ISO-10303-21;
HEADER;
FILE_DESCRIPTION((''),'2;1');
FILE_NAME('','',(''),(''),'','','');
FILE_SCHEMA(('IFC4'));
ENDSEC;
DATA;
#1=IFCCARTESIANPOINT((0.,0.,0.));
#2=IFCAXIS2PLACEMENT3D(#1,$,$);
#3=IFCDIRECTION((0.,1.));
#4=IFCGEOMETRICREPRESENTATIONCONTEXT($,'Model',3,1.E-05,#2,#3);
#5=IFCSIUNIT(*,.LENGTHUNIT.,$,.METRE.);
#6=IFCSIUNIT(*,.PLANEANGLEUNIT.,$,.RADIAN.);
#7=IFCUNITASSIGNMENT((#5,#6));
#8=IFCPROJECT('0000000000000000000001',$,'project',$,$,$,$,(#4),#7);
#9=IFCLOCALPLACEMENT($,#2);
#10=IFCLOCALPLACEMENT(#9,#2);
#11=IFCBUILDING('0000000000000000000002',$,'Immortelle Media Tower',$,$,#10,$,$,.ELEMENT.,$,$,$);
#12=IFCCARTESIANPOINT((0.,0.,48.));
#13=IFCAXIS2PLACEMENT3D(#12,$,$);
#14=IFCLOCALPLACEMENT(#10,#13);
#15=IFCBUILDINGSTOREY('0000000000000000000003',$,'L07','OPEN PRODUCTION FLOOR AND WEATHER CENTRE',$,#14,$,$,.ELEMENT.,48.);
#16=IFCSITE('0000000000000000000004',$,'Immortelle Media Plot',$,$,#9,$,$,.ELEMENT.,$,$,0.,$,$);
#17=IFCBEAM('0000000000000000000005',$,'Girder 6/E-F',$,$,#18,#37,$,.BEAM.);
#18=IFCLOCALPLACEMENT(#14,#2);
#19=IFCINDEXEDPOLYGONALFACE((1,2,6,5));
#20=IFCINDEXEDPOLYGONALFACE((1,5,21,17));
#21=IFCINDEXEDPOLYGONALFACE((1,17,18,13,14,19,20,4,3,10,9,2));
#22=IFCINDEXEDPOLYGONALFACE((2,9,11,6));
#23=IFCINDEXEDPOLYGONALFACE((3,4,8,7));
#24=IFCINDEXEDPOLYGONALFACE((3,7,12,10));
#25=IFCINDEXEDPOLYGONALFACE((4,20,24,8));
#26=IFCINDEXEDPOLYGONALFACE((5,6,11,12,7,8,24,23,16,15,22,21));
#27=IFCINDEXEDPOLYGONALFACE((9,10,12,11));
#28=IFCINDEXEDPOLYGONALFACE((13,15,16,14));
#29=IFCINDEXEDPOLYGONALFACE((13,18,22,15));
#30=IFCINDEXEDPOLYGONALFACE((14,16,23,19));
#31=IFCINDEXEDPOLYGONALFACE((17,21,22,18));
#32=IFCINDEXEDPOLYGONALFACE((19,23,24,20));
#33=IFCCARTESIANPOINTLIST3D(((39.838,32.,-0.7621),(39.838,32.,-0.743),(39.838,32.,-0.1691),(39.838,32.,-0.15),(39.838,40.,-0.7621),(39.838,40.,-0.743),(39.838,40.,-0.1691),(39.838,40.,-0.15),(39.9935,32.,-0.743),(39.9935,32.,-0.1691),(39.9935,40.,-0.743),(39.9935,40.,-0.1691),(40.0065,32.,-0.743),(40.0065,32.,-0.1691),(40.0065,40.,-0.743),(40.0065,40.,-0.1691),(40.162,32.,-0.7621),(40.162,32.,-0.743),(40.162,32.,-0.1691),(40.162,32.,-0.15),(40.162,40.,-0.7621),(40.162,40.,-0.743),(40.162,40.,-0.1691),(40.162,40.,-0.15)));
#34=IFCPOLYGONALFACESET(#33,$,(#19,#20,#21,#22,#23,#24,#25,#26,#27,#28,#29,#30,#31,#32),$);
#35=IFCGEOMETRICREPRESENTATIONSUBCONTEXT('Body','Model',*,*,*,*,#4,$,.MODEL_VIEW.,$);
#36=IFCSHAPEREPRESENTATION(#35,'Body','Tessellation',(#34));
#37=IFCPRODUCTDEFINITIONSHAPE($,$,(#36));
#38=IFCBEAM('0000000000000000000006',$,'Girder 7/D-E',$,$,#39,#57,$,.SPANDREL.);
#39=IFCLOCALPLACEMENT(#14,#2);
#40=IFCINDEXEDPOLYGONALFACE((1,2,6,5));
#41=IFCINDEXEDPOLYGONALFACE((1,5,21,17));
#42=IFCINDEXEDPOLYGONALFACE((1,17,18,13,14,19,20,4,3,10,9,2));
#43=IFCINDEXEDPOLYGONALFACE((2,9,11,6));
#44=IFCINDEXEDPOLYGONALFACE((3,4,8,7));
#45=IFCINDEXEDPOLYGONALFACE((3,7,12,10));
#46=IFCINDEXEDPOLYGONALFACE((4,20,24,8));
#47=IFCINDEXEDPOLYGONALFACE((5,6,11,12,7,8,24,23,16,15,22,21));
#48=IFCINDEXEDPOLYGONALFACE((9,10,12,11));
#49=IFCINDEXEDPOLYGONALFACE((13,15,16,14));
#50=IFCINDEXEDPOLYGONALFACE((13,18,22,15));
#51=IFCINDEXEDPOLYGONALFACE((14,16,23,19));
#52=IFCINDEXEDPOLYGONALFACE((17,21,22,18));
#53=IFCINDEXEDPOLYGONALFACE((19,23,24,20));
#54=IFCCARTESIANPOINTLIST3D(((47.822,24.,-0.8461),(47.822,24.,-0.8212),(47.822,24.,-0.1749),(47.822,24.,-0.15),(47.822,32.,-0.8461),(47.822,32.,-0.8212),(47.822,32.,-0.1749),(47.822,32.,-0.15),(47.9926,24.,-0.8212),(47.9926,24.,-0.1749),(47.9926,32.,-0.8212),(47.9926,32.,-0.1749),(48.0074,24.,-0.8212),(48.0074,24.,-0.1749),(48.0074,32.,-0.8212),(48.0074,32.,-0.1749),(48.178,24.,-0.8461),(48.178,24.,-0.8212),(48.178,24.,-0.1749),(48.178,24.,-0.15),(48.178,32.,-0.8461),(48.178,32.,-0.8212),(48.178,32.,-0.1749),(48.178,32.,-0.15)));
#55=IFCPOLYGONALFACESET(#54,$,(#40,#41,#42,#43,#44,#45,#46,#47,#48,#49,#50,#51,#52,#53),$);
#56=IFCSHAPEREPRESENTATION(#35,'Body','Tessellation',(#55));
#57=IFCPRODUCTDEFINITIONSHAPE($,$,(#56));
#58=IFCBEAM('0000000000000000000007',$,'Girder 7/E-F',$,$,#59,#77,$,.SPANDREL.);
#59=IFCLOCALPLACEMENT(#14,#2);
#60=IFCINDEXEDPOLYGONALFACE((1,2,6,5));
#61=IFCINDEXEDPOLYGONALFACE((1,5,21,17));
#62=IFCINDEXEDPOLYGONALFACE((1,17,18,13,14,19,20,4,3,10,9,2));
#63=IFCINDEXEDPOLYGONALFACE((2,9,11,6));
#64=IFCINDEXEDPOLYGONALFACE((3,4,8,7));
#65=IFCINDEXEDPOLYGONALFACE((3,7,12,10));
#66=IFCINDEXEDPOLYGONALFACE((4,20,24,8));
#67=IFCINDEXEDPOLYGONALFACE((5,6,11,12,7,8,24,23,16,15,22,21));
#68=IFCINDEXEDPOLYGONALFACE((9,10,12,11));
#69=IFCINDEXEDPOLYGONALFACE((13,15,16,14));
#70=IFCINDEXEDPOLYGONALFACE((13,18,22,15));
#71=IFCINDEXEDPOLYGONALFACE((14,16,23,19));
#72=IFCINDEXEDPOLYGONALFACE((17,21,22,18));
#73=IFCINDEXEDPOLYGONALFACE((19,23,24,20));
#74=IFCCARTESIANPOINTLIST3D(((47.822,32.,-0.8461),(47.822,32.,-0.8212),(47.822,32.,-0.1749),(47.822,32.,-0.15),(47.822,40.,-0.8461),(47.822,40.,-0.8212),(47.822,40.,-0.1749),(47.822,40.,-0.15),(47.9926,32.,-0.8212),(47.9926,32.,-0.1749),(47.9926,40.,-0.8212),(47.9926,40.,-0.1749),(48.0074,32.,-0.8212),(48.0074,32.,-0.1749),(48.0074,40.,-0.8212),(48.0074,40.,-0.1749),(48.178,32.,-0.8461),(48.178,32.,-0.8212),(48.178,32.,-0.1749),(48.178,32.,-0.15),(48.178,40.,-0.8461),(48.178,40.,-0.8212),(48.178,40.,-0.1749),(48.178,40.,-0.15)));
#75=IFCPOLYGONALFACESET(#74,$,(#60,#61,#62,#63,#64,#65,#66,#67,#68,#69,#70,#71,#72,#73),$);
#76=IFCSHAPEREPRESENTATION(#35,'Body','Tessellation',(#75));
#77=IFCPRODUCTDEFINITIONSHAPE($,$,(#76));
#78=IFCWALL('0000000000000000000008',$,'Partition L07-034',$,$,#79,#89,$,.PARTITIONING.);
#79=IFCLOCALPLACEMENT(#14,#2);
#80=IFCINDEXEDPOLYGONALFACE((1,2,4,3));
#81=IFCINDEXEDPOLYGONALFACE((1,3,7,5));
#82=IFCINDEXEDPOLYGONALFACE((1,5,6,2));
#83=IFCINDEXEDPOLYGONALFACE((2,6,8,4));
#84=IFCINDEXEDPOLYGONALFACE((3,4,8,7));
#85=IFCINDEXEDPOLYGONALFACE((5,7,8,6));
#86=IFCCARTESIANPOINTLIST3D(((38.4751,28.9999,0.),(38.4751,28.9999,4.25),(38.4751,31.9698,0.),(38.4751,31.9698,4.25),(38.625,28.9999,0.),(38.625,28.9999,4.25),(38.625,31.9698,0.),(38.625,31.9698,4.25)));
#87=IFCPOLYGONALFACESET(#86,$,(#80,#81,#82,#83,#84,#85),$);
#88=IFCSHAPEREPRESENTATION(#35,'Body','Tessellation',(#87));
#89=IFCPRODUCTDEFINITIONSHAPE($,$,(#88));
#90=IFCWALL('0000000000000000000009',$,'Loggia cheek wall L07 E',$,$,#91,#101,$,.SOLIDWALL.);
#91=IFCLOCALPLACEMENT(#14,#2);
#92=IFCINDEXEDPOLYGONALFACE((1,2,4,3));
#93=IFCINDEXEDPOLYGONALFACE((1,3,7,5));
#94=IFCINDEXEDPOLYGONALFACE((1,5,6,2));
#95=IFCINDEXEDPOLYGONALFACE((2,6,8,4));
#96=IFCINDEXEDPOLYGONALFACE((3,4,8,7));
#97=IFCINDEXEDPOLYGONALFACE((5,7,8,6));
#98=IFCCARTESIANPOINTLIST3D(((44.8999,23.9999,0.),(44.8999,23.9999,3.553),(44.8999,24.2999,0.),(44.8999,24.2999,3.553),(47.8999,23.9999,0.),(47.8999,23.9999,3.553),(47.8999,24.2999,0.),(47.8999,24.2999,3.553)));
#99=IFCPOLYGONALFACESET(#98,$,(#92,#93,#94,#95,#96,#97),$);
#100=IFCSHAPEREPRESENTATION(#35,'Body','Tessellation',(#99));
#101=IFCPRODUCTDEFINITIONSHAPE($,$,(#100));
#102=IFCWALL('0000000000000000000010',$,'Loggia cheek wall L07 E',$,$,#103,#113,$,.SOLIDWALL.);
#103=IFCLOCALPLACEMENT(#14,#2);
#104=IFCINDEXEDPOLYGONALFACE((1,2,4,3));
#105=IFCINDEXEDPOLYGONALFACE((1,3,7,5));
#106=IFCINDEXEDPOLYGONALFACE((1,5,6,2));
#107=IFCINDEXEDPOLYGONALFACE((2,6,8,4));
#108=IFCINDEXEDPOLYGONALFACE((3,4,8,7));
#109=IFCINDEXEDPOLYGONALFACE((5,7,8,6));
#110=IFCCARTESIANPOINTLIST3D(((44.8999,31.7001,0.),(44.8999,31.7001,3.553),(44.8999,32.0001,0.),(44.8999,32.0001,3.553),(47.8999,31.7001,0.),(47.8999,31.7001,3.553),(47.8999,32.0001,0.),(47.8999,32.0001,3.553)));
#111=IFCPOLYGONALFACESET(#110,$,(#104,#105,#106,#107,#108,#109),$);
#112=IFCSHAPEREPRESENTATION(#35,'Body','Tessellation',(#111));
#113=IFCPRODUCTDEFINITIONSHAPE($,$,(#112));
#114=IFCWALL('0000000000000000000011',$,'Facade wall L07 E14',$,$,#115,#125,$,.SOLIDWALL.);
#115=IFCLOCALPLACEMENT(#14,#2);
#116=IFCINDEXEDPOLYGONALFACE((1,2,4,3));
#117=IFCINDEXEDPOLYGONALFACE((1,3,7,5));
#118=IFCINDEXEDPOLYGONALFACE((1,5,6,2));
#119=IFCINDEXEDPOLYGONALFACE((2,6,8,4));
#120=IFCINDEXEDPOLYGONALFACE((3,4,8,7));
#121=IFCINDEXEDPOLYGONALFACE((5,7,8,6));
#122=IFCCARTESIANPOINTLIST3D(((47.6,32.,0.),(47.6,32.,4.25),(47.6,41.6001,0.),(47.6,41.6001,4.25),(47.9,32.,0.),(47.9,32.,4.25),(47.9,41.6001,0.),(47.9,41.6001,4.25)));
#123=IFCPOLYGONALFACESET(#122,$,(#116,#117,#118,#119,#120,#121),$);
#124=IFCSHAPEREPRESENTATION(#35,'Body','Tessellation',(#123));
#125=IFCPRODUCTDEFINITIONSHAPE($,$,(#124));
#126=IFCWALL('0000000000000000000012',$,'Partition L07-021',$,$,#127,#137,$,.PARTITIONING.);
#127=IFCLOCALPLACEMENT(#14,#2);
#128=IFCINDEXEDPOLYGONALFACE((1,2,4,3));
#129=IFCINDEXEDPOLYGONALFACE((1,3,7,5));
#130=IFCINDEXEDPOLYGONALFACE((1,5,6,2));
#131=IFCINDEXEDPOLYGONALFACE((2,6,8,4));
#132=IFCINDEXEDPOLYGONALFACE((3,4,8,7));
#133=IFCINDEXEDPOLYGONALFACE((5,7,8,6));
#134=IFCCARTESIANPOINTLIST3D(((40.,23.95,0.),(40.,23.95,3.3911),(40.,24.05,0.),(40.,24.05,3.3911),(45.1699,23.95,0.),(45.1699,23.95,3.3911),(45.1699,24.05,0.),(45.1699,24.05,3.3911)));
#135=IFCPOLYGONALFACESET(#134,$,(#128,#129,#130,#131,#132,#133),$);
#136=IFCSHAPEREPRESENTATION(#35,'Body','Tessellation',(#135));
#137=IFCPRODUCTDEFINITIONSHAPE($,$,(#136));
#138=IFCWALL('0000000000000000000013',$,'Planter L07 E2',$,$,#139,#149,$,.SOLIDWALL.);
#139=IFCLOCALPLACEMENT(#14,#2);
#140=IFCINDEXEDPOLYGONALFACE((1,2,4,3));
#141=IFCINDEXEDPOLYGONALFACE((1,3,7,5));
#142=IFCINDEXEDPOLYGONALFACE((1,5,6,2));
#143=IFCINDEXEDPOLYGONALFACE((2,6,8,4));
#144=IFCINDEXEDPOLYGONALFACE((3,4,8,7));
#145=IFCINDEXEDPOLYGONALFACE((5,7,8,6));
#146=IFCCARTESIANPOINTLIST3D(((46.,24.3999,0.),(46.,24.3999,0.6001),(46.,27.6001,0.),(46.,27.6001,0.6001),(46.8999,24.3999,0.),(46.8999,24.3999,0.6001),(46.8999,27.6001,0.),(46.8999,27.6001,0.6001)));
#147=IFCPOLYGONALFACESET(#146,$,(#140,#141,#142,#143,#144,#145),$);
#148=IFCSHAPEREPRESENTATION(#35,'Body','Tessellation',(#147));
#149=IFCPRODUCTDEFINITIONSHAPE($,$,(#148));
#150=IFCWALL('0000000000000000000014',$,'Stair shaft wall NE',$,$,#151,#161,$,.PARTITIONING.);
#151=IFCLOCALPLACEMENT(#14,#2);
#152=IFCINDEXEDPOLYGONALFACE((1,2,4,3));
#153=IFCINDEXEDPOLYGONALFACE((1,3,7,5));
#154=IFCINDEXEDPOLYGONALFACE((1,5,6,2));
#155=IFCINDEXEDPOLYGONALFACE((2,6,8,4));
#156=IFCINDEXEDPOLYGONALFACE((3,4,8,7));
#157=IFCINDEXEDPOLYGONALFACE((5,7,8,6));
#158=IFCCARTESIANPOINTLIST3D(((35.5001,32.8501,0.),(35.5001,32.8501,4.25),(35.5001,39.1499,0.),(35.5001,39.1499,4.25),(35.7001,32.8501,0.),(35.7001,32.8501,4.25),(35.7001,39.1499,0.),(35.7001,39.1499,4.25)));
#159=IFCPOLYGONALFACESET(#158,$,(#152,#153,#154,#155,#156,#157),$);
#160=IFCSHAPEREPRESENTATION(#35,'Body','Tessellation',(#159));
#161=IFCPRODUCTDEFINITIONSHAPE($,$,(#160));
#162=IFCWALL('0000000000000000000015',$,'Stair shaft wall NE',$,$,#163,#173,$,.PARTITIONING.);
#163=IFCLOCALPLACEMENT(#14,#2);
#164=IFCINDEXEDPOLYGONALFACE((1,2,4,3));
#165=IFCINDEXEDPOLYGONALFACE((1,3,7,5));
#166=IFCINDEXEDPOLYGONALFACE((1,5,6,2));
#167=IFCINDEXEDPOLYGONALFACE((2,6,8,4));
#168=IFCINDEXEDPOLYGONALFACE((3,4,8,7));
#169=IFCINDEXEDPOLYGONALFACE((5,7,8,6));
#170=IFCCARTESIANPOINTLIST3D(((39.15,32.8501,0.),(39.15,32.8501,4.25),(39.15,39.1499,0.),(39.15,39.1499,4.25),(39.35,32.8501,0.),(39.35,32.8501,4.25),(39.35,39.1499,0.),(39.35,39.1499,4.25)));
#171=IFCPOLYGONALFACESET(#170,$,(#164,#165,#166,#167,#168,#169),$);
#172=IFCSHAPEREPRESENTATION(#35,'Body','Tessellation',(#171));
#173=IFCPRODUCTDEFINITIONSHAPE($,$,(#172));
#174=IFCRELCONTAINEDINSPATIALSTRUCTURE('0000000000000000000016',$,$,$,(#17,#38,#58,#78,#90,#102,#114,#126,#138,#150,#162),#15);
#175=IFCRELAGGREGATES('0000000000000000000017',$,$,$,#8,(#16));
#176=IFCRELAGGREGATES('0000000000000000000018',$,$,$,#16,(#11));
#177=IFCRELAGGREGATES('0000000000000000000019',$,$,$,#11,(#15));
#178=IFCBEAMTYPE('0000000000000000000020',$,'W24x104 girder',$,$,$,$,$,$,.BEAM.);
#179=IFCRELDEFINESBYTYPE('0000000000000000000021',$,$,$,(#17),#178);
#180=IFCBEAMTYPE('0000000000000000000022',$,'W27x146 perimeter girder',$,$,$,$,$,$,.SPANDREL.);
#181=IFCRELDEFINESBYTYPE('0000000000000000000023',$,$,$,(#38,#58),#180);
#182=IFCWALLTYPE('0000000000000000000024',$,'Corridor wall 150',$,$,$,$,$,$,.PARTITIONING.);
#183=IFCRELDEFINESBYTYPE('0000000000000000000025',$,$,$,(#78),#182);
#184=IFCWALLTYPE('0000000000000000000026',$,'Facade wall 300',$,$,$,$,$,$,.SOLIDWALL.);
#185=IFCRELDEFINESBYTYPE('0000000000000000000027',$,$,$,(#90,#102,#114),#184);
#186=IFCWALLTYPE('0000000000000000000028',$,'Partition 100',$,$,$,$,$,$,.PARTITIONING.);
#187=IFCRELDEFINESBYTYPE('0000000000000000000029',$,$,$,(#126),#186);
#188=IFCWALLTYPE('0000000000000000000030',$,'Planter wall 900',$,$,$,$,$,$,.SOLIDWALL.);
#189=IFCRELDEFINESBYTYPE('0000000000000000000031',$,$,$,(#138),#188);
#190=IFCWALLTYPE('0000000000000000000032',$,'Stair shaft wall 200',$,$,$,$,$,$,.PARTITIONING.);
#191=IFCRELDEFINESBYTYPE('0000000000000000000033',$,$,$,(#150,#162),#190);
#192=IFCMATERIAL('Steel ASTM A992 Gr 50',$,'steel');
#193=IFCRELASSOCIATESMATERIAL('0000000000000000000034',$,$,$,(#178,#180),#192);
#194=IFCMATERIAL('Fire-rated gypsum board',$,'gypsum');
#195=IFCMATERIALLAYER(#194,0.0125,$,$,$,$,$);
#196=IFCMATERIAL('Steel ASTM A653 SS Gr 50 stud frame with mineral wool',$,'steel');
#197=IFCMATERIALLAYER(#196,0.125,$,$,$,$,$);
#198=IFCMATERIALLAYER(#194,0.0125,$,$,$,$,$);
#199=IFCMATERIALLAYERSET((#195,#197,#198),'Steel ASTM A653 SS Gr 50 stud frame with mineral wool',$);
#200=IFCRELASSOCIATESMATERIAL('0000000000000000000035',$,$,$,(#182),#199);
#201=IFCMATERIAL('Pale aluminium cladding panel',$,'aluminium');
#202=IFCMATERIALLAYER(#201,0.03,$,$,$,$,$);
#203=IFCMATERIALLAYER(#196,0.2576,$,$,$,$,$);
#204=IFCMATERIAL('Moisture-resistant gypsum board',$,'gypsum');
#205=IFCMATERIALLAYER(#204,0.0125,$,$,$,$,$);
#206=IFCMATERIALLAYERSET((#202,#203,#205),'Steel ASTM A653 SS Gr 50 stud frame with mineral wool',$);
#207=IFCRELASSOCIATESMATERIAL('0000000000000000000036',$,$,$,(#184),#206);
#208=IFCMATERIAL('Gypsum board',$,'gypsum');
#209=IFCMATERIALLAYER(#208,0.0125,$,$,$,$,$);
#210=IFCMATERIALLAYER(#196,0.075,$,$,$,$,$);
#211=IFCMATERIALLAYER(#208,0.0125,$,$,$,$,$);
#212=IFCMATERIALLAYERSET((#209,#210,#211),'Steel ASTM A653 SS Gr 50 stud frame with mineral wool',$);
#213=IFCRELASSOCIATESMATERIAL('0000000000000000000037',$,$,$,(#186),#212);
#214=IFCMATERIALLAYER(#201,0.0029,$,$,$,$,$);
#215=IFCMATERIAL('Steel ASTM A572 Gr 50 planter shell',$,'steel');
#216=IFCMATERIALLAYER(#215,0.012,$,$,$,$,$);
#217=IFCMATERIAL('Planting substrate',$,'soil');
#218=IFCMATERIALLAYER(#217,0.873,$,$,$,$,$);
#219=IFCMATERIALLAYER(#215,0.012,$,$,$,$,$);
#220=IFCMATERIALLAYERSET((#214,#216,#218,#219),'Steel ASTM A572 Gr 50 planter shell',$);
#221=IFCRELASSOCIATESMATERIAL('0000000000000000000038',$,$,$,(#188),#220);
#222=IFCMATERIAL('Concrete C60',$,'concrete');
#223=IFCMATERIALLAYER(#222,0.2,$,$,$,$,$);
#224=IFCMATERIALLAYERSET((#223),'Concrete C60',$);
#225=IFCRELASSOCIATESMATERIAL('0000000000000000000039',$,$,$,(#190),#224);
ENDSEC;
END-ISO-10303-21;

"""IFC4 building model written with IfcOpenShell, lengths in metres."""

from ifc_helpers import new_model, si_unit, direction, frame, frame_2d, origin, origin_2d, place, context, subcontext, project, spatial, rectangle, i_section, extrude, material, layer, layer_set, material_profile, profile_set, type_object, element, save


model = new_model("IFC4")

# Units and contexts
model_context = context("Model", 3, precision=1e-05, world=origin(), true_north=direction((0.0, 1.0)))
body_context = subcontext(model_context, "Body", "Model", "MODEL_VIEW")
ifc_project = project(units=[si_unit("LENGTHUNIT", "METRE"), si_unit("PLANEANGLEUNIT", "RADIAN")], contexts=[model_context])

# Site, building, storey
site_placement = place(None, origin())
site = spatial("IfcSite", under=ifc_project, at=site_placement, Name="Immortelle Media Plot", CompositionType="ELEMENT", RefElevation=0.0)
building_placement = place(site_placement, origin())
building = spatial("IfcBuilding", under=site, at=building_placement, Name="Immortelle Media Tower", CompositionType="ELEMENT")
storey_placement = place(building_placement, frame((0.0, 0.0, 48.0)))
storey = spatial("IfcBuildingStorey", under=building, at=storey_placement, Name="L07", Description="OPEN PRODUCTION FLOOR AND WEATHER CENTRE", CompositionType="ELEMENT", Elevation=48.0)

# Shared definitions
ifc_material_1 = material(Name="Steel ASTM A992 Gr 50", Category="steel")

# Beams
ifc_material_profile_1 = material_profile(ifc_material_1, i_section(OverallWidth=0.324, OverallDepth=0.6121, WebThickness=0.0129, FlangeThickness=0.019, at=origin_2d()), Name="W24x104")
ifc_profile_set_1 = profile_set([ifc_material_profile_1], Name="Steel ASTM A992 Gr 50")
beam_type_1 = type_object("IfcBeamType", Name="W24x104 girder", PredefinedType="BEAM", material=ifc_profile_set_1)
for number, where, z_axis, x_axis, name in (
    (1, (40.0, 32.0, -0.4561), (0.0, 1.0, 0.0), (-1.0, 0.0, 0.0), "Girder 6/E-F"),
):
    element("IfcBeam", number, at=place(storey_placement, frame(where, z_axis=z_axis, x_axis=x_axis)), inside=storey, type_object=beam_type_1, Name=name, PredefinedType="BEAM", context=body_context, shape_type="SweptSolid", body=[
        extrude(i_section(OverallWidth=0.324, OverallDepth=0.6121, WebThickness=0.0129, FlangeThickness=0.019, at=origin_2d()), origin(), (0.0, 0.0, 1.0), 8.0),
    ])
ifc_material_profile_2 = material_profile(ifc_material_1, i_section(OverallWidth=0.356, OverallDepth=0.696, WebThickness=0.0149, FlangeThickness=0.0249, at=origin_2d()), Name="W27x146")
ifc_profile_set_2 = profile_set([ifc_material_profile_2], Name="Steel ASTM A992 Gr 50")
beam_type_2 = type_object("IfcBeamType", Name="W27x146 perimeter girder", PredefinedType="SPANDREL", material=ifc_profile_set_2)
for number, where, z_axis, x_axis, name in (
    (2, (48.0, 24.0, -0.498), (0.0, 1.0, 0.0), (-1.0, 0.0, 0.0), "Girder 7/D-E"),
    (3, (48.0, 32.0, -0.498), (0.0, 1.0, 0.0), (-1.0, 0.0, 0.0), "Girder 7/E-F"),
):
    element("IfcBeam", number, at=place(storey_placement, frame(where, z_axis=z_axis, x_axis=x_axis)), inside=storey, type_object=beam_type_2, Name=name, PredefinedType="SPANDREL", context=body_context, shape_type="SweptSolid", body=[
        extrude(i_section(OverallWidth=0.356, OverallDepth=0.696, WebThickness=0.0149, FlangeThickness=0.0249, at=origin_2d()), origin(), (0.0, 0.0, 1.0), 8.0),
    ])

# Wall
ifc_material_2 = material(Name="Fire-rated gypsum board", Category="gypsum")
ifc_layer_1 = layer(ifc_material_2, 0.0125)
ifc_material_3 = material(Name="Steel ASTM A653 SS Gr 50 stud frame with mineral wool", Category="steel")
ifc_layer_2 = layer(ifc_material_3, 0.125)
ifc_layer_3 = layer(ifc_material_2, 0.0125)
ifc_layer_set_1 = layer_set([ifc_layer_1, ifc_layer_2, ifc_layer_3], Name="Steel ASTM A653 SS Gr 50 stud frame with mineral wool")
wall_type_1 = type_object("IfcWallType", Name="Corridor wall 150", PredefinedType="PARTITIONING", material=ifc_layer_set_1)
wall_1_placement = place(storey_placement, frame((38.55, 29.0, 0.0), z_axis=(0.0, 0.0, 1.0), x_axis=(0.0, 1.0, 0.0)))
element("IfcWall", 4, at=wall_1_placement, inside=storey, type_object=wall_type_1, Name="Partition L07-034", PredefinedType="PARTITIONING", context=body_context, shape_type="SweptSolid", body=[
    extrude(rectangle(XDim=2.97, YDim=0.1499, at=frame_2d((1.4849, 0.0))), origin(), (0.0, 0.0, 1.0), 4.25),
])

# Shared definitions
ifc_material_4 = material(Name="Pale aluminium cladding panel", Category="aluminium")
ifc_layer_4 = layer(ifc_material_4, 0.03)
ifc_layer_5 = layer(ifc_material_3, 0.2576)
ifc_material_5 = material(Name="Moisture-resistant gypsum board", Category="gypsum")
ifc_layer_6 = layer(ifc_material_5, 0.0125)
ifc_layer_set_2 = layer_set([ifc_layer_4, ifc_layer_5, ifc_layer_6], Name="Steel ASTM A653 SS Gr 50 stud frame with mineral wool")
wall_type_2 = type_object("IfcWallType", Name="Facade wall 300", PredefinedType="SOLIDWALL", material=ifc_layer_set_2)

# Walls
for number, where, z_axis, x_axis, name in (
    (5, (47.8999, 24.1499, 0.0), (0.0, 0.0, 1.0), (-1.0, 0.0, 0.0), "Loggia cheek wall L07 E"),
    (6, (47.8999, 31.8501, 0.0), (0.0, 0.0, 1.0), (-1.0, 0.0, 0.0), "Loggia cheek wall L07 E"),
):
    element("IfcWall", number, at=place(storey_placement, frame(where, z_axis=z_axis, x_axis=x_axis)), inside=storey, type_object=wall_type_2, Name=name, PredefinedType="SOLIDWALL", context=body_context, shape_type="SweptSolid", body=[
        extrude(rectangle(XDim=3.0, YDim=0.3, at=frame_2d((1.5, 0.0))), origin(), (0.0, 0.0, 1.0), 3.553),
    ])
wall_2_placement = place(storey_placement, frame((47.75, 32.0, 0.0), z_axis=(0.0, 0.0, 1.0), x_axis=(0.0, 1.0, 0.0)))
element("IfcWall", 7, at=wall_2_placement, inside=storey, type_object=wall_type_2, Name="Facade wall L07 E14", PredefinedType="SOLIDWALL", context=body_context, shape_type="SweptSolid", body=[
    extrude(rectangle(XDim=9.6001, YDim=0.3, at=frame_2d((4.8, 0.0))), origin(), (0.0, 0.0, 1.0), 4.25),
])
ifc_material_6 = material(Name="Gypsum board", Category="gypsum")
ifc_layer_7 = layer(ifc_material_6, 0.0125)
ifc_layer_8 = layer(ifc_material_3, 0.075)
ifc_layer_9 = layer(ifc_material_6, 0.0125)
ifc_layer_set_3 = layer_set([ifc_layer_7, ifc_layer_8, ifc_layer_9], Name="Steel ASTM A653 SS Gr 50 stud frame with mineral wool")
wall_type_3 = type_object("IfcWallType", Name="Partition 100", PredefinedType="PARTITIONING", material=ifc_layer_set_3)
wall_3_placement = place(storey_placement, frame((40.0, 24.0, 0.0), z_axis=(0.0, 0.0, 1.0), x_axis=(1.0, 0.0, 0.0)))
element("IfcWall", 8, at=wall_3_placement, inside=storey, type_object=wall_type_3, Name="Partition L07-021", PredefinedType="PARTITIONING", context=body_context, shape_type="SweptSolid", body=[
    extrude(rectangle(XDim=5.1699, YDim=0.1001, at=frame_2d((2.585, 0.0))), origin(), (0.0, 0.0, 1.0), 3.3911),
])
ifc_layer_10 = layer(ifc_material_4, 0.0029)
ifc_material_7 = material(Name="Steel ASTM A572 Gr 50 planter shell", Category="steel")
ifc_layer_11 = layer(ifc_material_7, 0.012)
ifc_material_8 = material(Name="Planting substrate", Category="soil")
ifc_layer_12 = layer(ifc_material_8, 0.873)
ifc_layer_13 = layer(ifc_material_7, 0.012)
ifc_layer_set_4 = layer_set([ifc_layer_10, ifc_layer_11, ifc_layer_12, ifc_layer_13], Name="Steel ASTM A572 Gr 50 planter shell")
wall_type_4 = type_object("IfcWallType", Name="Planter wall 900", PredefinedType="SOLIDWALL", material=ifc_layer_set_4)
wall_4_placement = place(storey_placement, frame((46.45, 24.3999, 0.0), z_axis=(0.0, 0.0, 1.0), x_axis=(0.0, 1.0, 0.0)))
element("IfcWall", 9, at=wall_4_placement, inside=storey, type_object=wall_type_4, Name="Planter L07 E2", PredefinedType="SOLIDWALL", context=body_context, shape_type="SweptSolid", body=[
    extrude(rectangle(XDim=3.2002, YDim=0.8999, at=frame_2d((1.6001, 0.0))), origin(), (0.0, 0.0, 1.0), 0.6001),
])
ifc_material_9 = material(Name="Concrete C60", Category="concrete")
ifc_layer_14 = layer(ifc_material_9, 0.2)
ifc_layer_set_5 = layer_set([ifc_layer_14], Name="Concrete C60")
wall_type_5 = type_object("IfcWallType", Name="Stair shaft wall 200", PredefinedType="PARTITIONING", material=ifc_layer_set_5)
for number, where, z_axis, x_axis, name in (
    (10, (35.6001, 32.8501, 0.0), (0.0, 0.0, 1.0), (0.0, 1.0, 0.0), "Stair shaft wall NE"),
    (11, (39.25, 32.8501, 0.0), (0.0, 0.0, 1.0), (0.0, 1.0, 0.0), "Stair shaft wall NE"),
):
    element("IfcWall", number, at=place(storey_placement, frame(where, z_axis=z_axis, x_axis=x_axis)), inside=storey, type_object=wall_type_5, Name=name, PredefinedType="PARTITIONING", context=body_context, shape_type="SweptSolid", body=[
        extrude(rectangle(XDim=6.2998, YDim=0.2, at=frame_2d((3.1499, 0.0))), origin(), (0.0, 0.0, 1.0), 4.25),
    ])

save(model, "model.ifc")
